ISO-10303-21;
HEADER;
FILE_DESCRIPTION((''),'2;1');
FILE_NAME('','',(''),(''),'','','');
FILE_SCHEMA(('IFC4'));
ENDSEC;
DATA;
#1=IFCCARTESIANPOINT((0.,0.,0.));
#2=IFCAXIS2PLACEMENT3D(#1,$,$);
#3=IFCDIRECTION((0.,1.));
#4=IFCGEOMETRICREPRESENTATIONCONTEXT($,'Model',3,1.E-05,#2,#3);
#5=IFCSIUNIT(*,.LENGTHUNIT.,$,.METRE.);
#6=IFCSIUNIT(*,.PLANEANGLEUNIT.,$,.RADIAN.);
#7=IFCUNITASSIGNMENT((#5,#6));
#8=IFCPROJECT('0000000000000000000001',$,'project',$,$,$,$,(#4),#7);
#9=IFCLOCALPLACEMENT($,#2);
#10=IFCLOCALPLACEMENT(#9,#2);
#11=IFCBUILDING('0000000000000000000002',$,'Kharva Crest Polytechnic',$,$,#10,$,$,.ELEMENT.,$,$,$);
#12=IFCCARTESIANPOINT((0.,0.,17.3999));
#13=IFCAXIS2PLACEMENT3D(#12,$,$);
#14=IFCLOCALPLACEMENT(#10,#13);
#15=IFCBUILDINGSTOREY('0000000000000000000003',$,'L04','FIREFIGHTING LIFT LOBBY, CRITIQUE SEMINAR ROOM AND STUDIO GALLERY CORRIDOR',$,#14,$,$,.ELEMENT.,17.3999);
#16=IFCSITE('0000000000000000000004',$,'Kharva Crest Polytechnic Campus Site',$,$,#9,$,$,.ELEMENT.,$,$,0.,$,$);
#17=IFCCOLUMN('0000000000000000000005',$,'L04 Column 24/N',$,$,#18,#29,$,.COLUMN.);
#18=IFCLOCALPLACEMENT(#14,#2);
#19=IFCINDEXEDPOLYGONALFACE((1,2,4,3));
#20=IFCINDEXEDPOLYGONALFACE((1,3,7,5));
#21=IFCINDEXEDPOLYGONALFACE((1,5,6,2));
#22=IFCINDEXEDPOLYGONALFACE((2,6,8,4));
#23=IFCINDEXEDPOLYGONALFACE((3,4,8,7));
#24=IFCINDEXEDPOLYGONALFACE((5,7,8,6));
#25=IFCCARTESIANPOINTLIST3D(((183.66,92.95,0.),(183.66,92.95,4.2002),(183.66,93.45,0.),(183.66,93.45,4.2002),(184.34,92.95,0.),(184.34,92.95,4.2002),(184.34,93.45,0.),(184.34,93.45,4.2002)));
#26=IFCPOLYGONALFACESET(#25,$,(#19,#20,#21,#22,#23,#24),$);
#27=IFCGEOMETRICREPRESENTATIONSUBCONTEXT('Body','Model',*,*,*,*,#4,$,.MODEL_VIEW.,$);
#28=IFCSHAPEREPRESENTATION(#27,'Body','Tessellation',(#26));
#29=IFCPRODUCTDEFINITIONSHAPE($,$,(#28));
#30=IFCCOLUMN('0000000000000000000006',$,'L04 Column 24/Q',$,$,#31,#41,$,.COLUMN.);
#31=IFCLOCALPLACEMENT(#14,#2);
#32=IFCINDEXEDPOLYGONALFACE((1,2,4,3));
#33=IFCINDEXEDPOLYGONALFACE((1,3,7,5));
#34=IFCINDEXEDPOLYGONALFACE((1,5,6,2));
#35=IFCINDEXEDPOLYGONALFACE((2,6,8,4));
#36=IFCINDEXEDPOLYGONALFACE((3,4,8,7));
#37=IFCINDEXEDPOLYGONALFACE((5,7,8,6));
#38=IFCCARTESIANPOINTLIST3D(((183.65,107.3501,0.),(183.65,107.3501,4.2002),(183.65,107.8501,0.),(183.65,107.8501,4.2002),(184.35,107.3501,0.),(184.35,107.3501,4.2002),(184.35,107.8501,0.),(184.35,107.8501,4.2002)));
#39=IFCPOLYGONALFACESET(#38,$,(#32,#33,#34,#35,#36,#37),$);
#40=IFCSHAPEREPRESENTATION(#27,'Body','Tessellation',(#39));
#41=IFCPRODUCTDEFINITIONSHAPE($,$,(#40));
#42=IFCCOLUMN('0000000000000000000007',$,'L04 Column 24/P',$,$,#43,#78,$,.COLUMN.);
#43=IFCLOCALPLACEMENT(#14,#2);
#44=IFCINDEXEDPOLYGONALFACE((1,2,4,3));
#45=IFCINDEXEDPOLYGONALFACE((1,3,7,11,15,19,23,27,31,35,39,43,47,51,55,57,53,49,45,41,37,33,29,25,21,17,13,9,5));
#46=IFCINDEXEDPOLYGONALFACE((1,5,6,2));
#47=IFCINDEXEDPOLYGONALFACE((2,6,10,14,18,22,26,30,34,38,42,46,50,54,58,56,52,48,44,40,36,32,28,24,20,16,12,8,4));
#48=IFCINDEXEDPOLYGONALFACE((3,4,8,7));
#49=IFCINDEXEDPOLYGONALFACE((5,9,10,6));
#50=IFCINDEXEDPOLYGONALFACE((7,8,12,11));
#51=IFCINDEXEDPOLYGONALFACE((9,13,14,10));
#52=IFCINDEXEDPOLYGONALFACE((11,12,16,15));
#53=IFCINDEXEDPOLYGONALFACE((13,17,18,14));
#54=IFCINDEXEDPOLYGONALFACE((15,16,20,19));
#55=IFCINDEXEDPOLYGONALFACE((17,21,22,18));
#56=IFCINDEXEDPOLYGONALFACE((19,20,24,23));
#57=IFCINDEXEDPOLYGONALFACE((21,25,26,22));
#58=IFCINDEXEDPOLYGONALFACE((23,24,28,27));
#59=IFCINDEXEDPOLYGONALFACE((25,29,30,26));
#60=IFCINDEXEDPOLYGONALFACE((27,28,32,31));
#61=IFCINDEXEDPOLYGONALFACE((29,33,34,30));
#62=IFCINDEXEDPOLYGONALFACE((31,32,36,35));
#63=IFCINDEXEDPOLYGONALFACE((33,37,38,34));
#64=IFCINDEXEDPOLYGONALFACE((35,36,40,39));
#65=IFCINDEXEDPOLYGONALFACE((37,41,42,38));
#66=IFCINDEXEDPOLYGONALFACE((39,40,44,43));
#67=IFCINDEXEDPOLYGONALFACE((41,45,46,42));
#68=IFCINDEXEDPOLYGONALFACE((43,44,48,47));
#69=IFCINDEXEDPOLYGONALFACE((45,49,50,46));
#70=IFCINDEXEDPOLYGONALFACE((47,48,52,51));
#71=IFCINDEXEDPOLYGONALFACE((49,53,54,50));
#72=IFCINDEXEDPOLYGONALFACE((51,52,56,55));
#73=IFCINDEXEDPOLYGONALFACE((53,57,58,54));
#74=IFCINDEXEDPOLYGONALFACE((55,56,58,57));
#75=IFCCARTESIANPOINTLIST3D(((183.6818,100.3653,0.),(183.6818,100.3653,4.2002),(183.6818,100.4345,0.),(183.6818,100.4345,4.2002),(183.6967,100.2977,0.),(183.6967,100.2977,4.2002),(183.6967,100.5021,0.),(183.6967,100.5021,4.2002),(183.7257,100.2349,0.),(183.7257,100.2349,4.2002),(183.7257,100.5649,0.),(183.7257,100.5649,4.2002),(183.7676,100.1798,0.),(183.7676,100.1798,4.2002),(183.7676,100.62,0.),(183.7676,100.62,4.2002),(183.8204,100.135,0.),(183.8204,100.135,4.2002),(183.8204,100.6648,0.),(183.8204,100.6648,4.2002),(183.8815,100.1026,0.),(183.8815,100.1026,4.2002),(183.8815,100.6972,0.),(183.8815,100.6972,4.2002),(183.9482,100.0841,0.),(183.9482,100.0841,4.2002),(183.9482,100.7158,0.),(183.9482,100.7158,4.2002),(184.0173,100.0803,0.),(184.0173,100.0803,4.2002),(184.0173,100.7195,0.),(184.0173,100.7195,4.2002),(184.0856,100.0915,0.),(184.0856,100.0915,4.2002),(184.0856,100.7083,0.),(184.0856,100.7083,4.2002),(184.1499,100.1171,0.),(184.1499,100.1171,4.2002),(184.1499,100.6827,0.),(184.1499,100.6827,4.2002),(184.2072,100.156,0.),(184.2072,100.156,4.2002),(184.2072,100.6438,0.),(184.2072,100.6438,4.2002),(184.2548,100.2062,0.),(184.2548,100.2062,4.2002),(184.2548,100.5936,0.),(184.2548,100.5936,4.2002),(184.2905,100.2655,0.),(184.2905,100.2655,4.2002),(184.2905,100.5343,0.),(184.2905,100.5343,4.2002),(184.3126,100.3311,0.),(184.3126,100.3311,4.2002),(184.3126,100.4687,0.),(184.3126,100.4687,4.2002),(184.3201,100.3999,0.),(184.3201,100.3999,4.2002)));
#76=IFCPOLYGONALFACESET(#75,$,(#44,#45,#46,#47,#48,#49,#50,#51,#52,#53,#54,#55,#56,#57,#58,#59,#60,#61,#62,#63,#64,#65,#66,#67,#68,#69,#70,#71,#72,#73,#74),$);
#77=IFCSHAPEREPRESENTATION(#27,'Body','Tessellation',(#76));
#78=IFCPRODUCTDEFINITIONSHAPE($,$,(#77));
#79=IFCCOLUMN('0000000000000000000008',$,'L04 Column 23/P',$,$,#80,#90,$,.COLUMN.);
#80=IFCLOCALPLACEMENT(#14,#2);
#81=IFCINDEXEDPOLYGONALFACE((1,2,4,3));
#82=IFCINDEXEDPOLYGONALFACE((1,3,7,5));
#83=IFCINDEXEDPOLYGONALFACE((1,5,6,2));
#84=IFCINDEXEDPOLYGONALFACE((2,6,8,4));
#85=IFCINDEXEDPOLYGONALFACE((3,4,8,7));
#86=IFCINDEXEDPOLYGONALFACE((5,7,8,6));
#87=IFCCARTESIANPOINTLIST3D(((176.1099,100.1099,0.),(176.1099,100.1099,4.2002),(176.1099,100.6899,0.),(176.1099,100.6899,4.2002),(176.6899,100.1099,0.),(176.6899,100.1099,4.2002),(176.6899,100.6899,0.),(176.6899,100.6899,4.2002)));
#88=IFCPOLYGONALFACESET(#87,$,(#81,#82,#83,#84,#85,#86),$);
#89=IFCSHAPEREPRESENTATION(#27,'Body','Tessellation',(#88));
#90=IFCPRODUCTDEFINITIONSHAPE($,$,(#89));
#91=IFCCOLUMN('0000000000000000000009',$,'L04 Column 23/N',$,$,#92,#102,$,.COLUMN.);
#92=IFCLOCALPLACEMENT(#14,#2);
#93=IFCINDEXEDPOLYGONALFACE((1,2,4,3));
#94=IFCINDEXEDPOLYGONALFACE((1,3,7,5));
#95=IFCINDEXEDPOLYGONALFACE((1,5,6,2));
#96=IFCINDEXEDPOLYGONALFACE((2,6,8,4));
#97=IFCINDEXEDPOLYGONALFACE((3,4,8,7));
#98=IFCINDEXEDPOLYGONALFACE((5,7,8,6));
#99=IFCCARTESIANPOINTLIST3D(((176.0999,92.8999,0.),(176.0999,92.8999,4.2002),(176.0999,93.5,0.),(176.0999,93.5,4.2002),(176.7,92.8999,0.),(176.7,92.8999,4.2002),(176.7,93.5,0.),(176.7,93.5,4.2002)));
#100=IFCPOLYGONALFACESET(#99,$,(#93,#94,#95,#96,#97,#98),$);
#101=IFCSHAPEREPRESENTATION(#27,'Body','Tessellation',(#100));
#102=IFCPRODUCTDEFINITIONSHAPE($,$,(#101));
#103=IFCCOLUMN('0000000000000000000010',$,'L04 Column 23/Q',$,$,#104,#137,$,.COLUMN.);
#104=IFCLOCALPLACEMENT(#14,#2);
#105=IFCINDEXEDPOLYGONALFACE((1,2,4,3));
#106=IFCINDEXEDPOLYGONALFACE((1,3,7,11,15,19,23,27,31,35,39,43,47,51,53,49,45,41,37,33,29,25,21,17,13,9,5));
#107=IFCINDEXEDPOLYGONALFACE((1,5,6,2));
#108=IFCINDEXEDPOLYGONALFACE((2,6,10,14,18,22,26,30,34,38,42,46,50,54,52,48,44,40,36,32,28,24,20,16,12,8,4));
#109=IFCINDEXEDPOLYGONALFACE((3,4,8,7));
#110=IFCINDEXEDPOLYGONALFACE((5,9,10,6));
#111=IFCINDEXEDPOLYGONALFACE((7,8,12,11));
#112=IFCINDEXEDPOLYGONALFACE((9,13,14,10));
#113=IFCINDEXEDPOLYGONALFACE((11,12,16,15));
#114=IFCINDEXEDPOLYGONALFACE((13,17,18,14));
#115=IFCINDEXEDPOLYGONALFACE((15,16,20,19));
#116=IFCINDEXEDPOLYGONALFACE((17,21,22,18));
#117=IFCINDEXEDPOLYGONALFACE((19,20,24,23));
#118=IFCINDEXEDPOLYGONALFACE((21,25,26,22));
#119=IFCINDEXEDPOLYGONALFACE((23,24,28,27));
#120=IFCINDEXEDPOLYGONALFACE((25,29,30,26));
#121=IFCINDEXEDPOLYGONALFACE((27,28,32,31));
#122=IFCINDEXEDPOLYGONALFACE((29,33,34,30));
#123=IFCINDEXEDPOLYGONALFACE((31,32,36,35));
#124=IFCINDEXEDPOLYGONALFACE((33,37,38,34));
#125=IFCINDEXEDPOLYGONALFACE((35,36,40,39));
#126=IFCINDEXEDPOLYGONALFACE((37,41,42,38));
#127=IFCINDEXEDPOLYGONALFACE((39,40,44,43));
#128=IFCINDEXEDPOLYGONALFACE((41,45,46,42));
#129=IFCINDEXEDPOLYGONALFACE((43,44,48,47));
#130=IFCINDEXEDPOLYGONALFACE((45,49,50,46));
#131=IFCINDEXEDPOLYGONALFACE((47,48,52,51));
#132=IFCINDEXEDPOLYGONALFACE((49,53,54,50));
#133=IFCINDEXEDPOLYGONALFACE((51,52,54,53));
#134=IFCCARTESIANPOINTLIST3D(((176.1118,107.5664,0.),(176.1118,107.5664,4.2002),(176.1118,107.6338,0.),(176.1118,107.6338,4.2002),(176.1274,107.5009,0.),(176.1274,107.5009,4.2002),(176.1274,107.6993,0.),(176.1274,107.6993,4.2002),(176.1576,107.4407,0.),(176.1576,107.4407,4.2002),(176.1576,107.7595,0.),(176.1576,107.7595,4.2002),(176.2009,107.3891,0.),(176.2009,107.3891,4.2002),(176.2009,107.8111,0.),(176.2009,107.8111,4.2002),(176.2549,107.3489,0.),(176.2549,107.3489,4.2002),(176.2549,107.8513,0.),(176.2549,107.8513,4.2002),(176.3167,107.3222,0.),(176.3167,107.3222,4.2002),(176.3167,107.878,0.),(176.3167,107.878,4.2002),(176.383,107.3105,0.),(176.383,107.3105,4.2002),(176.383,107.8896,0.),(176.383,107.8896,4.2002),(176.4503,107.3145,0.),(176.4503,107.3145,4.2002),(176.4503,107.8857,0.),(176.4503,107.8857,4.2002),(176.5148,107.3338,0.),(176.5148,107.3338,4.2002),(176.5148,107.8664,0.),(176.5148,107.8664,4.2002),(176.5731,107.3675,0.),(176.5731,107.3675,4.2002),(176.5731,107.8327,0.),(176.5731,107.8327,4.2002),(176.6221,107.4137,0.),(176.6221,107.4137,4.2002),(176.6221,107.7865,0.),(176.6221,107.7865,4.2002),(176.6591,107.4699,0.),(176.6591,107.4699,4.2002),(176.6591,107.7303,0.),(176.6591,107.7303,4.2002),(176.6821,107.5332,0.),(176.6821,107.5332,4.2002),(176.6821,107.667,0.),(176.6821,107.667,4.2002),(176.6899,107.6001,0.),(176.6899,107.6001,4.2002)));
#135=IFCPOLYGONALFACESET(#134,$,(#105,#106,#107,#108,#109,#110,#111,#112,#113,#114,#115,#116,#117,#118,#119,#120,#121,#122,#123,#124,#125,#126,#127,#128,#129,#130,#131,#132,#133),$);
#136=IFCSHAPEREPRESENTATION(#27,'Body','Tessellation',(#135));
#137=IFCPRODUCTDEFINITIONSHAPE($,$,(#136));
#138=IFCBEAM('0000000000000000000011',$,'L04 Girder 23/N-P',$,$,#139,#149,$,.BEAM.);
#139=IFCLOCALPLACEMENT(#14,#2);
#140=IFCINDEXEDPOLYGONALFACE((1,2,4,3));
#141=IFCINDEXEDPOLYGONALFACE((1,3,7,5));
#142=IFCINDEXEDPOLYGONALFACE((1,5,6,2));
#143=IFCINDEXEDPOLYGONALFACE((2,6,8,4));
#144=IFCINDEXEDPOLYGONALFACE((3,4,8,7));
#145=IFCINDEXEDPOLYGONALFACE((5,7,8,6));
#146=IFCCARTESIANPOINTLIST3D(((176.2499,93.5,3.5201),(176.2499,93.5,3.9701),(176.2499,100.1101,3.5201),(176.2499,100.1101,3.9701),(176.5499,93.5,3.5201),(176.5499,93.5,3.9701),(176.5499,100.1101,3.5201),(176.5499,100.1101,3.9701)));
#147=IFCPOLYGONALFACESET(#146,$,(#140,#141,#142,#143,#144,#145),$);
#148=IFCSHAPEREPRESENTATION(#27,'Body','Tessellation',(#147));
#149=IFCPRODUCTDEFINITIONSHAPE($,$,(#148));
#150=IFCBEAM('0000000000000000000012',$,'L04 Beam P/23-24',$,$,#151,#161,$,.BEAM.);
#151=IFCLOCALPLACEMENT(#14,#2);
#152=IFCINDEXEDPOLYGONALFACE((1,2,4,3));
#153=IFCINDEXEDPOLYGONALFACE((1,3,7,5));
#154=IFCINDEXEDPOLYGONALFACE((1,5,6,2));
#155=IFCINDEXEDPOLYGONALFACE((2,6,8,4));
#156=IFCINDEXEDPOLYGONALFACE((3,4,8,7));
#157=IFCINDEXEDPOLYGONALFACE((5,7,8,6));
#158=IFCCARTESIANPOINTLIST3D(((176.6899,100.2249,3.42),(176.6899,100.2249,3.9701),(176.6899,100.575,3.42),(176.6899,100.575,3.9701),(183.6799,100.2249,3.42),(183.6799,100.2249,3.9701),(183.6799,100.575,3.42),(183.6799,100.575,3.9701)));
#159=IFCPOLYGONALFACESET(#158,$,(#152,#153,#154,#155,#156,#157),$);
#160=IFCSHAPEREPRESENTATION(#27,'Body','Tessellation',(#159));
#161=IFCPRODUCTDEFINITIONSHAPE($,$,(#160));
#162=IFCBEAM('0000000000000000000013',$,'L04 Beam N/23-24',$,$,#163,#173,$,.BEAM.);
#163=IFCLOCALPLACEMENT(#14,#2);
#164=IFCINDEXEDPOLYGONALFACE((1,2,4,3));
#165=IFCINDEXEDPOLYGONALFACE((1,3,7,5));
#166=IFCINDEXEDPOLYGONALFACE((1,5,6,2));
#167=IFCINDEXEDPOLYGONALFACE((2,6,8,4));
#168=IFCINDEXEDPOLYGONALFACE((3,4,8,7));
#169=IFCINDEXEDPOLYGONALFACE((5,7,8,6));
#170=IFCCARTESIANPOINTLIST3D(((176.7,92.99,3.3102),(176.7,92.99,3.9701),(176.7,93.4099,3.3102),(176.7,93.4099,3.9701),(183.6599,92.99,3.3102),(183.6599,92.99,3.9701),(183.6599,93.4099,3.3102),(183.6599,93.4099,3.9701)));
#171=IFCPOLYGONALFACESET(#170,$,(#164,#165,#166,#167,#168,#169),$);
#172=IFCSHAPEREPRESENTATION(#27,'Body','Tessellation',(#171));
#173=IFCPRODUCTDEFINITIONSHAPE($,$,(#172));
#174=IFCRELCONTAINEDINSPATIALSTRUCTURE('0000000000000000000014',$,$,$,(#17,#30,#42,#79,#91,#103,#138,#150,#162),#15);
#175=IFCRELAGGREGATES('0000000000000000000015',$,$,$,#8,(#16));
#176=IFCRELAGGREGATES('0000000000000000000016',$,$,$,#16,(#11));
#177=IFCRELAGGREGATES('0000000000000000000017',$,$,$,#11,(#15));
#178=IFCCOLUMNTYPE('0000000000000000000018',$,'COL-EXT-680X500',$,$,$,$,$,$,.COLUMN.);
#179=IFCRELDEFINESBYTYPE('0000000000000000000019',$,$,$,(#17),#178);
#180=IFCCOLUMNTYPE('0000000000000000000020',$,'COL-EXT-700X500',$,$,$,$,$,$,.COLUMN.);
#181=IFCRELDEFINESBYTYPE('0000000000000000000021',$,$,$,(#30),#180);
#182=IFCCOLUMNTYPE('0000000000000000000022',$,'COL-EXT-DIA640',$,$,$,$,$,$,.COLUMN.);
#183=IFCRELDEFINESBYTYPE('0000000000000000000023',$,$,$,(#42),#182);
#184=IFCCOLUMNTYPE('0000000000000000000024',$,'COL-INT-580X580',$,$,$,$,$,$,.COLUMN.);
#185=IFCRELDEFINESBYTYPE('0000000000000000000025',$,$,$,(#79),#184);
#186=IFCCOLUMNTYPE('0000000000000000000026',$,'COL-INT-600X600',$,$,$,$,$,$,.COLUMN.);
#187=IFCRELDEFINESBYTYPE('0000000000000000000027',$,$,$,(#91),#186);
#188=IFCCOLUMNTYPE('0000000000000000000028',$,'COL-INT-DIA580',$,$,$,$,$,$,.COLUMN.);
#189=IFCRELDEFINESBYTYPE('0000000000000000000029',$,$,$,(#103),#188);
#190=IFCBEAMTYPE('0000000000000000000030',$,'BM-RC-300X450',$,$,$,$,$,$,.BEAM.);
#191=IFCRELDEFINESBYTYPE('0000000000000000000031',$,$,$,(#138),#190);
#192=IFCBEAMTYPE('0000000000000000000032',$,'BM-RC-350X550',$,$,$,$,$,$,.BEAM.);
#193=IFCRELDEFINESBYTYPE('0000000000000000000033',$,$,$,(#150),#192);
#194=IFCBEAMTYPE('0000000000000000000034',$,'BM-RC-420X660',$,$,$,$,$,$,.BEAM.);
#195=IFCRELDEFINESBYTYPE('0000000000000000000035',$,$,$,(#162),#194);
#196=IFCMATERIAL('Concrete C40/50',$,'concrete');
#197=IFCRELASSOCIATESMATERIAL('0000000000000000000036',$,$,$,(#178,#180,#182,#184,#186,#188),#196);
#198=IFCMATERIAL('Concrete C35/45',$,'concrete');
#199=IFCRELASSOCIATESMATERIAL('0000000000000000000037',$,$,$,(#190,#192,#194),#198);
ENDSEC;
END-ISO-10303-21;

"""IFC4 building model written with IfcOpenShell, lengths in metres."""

from ifc_helpers import new_model, si_unit, direction, frame, origin, origin_2d, place, context, subcontext, project, spatial, rectangle, circle, extrude, material, material_profile, profile_set, type_object, element, save


model = new_model("IFC4")

# Units and contexts
model_context = context("Model", 3, precision=1e-05, world=origin(), true_north=direction((0.0, 1.0)))
body_context = subcontext(model_context, "Body", "Model", "MODEL_VIEW")
ifc_project = project(units=[si_unit("LENGTHUNIT", "METRE"), si_unit("PLANEANGLEUNIT", "RADIAN")], contexts=[model_context])

# Site, building, storey
site_placement = place(None, origin())
site = spatial("IfcSite", under=ifc_project, at=site_placement, Name="Kharva Crest Polytechnic Campus Site", CompositionType="ELEMENT", RefElevation=0.0)
building_placement = place(site_placement, origin())
building = spatial("IfcBuilding", under=site, at=building_placement, Name="Kharva Crest Polytechnic", CompositionType="ELEMENT")
storey_placement = place(building_placement, frame((0.0, 0.0, 17.3999)))
storey = spatial("IfcBuildingStorey", under=building, at=storey_placement, Name="L04", Description="FIREFIGHTING LIFT LOBBY, CRITIQUE SEMINAR ROOM AND STUDIO GALLERY CORRIDOR", CompositionType="ELEMENT", Elevation=17.3999)

# Columns
ifc_material_1 = material(Name="Concrete C40/50", Category="concrete")
ifc_material_profile_1 = material_profile(ifc_material_1, rectangle(XDim=0.6799, YDim=0.5, at=origin_2d()), Name="RECT 680 X 500")
ifc_profile_set_1 = profile_set([ifc_material_profile_1], Name="Concrete C40/50")
column_type_1 = type_object("IfcColumnType", Name="COL-EXT-680X500", PredefinedType="COLUMN", material=ifc_profile_set_1)
column_1_placement = place(storey_placement, frame((184.0, 93.2, 0.0), z_axis=(0.0, 0.0, 1.0), x_axis=(1.0, 0.0, 0.0)))
element("IfcColumn", 1, at=column_1_placement, inside=storey, type_object=column_type_1, Name="L04 Column 24/N", PredefinedType="COLUMN", context=body_context, shape_type="SweptSolid", body=[
    extrude(rectangle(XDim=0.6799, YDim=0.5, at=origin_2d()), origin(), (0.0, 0.0, 1.0), 4.2002),
])
ifc_material_profile_2 = material_profile(ifc_material_1, rectangle(XDim=0.7, YDim=0.5, at=origin_2d()), Name="RECT 700 X 500")
ifc_profile_set_2 = profile_set([ifc_material_profile_2], Name="Concrete C40/50")
column_type_2 = type_object("IfcColumnType", Name="COL-EXT-700X500", PredefinedType="COLUMN", material=ifc_profile_set_2)
column_2_placement = place(storey_placement, frame((184.0, 107.6001, 0.0), z_axis=(0.0, 0.0, 1.0), x_axis=(1.0, 0.0, 0.0)))
element("IfcColumn", 2, at=column_2_placement, inside=storey, type_object=column_type_2, Name="L04 Column 24/Q", PredefinedType="COLUMN", context=body_context, shape_type="SweptSolid", body=[
    extrude(rectangle(XDim=0.7, YDim=0.5, at=origin_2d()), origin(), (0.0, 0.0, 1.0), 4.2002),
])
ifc_material_profile_3 = material_profile(ifc_material_1, circle(Radius=0.3201, at=origin_2d()), Name="DIA 640")
ifc_profile_set_3 = profile_set([ifc_material_profile_3], Name="Concrete C40/50")
column_type_3 = type_object("IfcColumnType", Name="COL-EXT-DIA640", PredefinedType="COLUMN", material=ifc_profile_set_3)
column_3_placement = place(storey_placement, frame((184.0, 100.3999, 0.0), z_axis=(0.0, 0.0, 1.0), x_axis=(1.0, 0.0, 0.0)))
element("IfcColumn", 3, at=column_3_placement, inside=storey, type_object=column_type_3, Name="L04 Column 24/P", PredefinedType="COLUMN", context=body_context, shape_type="SweptSolid", body=[
    extrude(circle(Radius=0.3201, at=origin_2d()), origin(), (0.0, 0.0, 1.0), 4.2002),
])
ifc_material_profile_4 = material_profile(ifc_material_1, rectangle(XDim=0.5801, YDim=0.5801, at=origin_2d()), Name="RECT 580 X 580")
ifc_profile_set_4 = profile_set([ifc_material_profile_4], Name="Concrete C40/50")
column_type_4 = type_object("IfcColumnType", Name="COL-INT-580X580", PredefinedType="COLUMN", material=ifc_profile_set_4)
column_4_placement = place(storey_placement, frame((176.3999, 100.3999, 0.0), z_axis=(0.0, 0.0, 1.0), x_axis=(1.0, 0.0, 0.0)))
element("IfcColumn", 4, at=column_4_placement, inside=storey, type_object=column_type_4, Name="L04 Column 23/P", PredefinedType="COLUMN", context=body_context, shape_type="SweptSolid", body=[
    extrude(rectangle(XDim=0.5801, YDim=0.5801, at=origin_2d()), origin(), (0.0, 0.0, 1.0), 4.2002),
])
ifc_material_profile_5 = material_profile(ifc_material_1, rectangle(XDim=0.6001, YDim=0.6001, at=origin_2d()), Name="RECT 600 X 600")
ifc_profile_set_5 = profile_set([ifc_material_profile_5], Name="Concrete C40/50")
column_type_5 = type_object("IfcColumnType", Name="COL-INT-600X600", PredefinedType="COLUMN", material=ifc_profile_set_5)
column_5_placement = place(storey_placement, frame((176.3999, 93.2, 0.0), z_axis=(0.0, 0.0, 1.0), x_axis=(1.0, 0.0, 0.0)))
element("IfcColumn", 5, at=column_5_placement, inside=storey, type_object=column_type_5, Name="L04 Column 23/N", PredefinedType="COLUMN", context=body_context, shape_type="SweptSolid", body=[
    extrude(rectangle(XDim=0.6001, YDim=0.6001, at=origin_2d()), origin(), (0.0, 0.0, 1.0), 4.2002),
])
ifc_material_profile_6 = material_profile(ifc_material_1, circle(Radius=0.29, at=origin_2d()), Name="DIA 580")
ifc_profile_set_6 = profile_set([ifc_material_profile_6], Name="Concrete C40/50")
column_type_6 = type_object("IfcColumnType", Name="COL-INT-DIA580", PredefinedType="COLUMN", material=ifc_profile_set_6)
column_6_placement = place(storey_placement, frame((176.3999, 107.6001, 0.0), z_axis=(0.0, 0.0, 1.0), x_axis=(1.0, 0.0, 0.0)))
element("IfcColumn", 6, at=column_6_placement, inside=storey, type_object=column_type_6, Name="L04 Column 23/Q", PredefinedType="COLUMN", context=body_context, shape_type="SweptSolid", body=[
    extrude(circle(Radius=0.29, at=origin_2d()), origin(), (0.0, 0.0, 1.0), 4.2002),
])

# Beams
ifc_material_2 = material(Name="Concrete C35/45", Category="concrete")
ifc_material_profile_7 = material_profile(ifc_material_2, rectangle(XDim=0.3, YDim=0.45, at=origin_2d()), Name="RECT 300 X 450")
ifc_profile_set_7 = profile_set([ifc_material_profile_7], Name="Concrete C35/45")
beam_type_1 = type_object("IfcBeamType", Name="BM-RC-300X450", PredefinedType="BEAM", material=ifc_profile_set_7)
beam_1_placement = place(storey_placement, frame((176.3999, 93.5, 3.7451), z_axis=(0.0, 1.0, 0.0), x_axis=(-1.0, 0.0, 0.0)))
element("IfcBeam", 7, at=beam_1_placement, inside=storey, type_object=beam_type_1, Name="L04 Girder 23/N-P", PredefinedType="BEAM", context=body_context, shape_type="SweptSolid", body=[
    extrude(rectangle(XDim=0.3, YDim=0.45, at=origin_2d()), origin(), (0.0, 0.0, 1.0), 6.6101),
])
ifc_material_profile_8 = material_profile(ifc_material_2, rectangle(XDim=0.3501, YDim=0.55, at=origin_2d()), Name="RECT 350 X 550")
ifc_profile_set_8 = profile_set([ifc_material_profile_8], Name="Concrete C35/45")
beam_type_2 = type_object("IfcBeamType", Name="BM-RC-350X550", PredefinedType="BEAM", material=ifc_profile_set_8)
beam_2_placement = place(storey_placement, frame((176.6899, 100.3999, 3.6951), z_axis=(1.0, 0.0, 0.0), x_axis=(0.0, 1.0, 0.0)))
element("IfcBeam", 8, at=beam_2_placement, inside=storey, type_object=beam_type_2, Name="L04 Beam P/23-24", PredefinedType="BEAM", context=body_context, shape_type="SweptSolid", body=[
    extrude(rectangle(XDim=0.3501, YDim=0.55, at=origin_2d()), origin(), (0.0, 0.0, 1.0), 6.99),
])
ifc_material_profile_9 = material_profile(ifc_material_2, rectangle(XDim=0.4199, YDim=0.6599, at=origin_2d()), Name="RECT 420 X 660")
ifc_profile_set_9 = profile_set([ifc_material_profile_9], Name="Concrete C35/45")
beam_type_3 = type_object("IfcBeamType", Name="BM-RC-420X660", PredefinedType="BEAM", material=ifc_profile_set_9)
beam_3_placement = place(storey_placement, frame((176.7, 93.2, 3.6401), z_axis=(1.0, 0.0, 0.0), x_axis=(0.0, 1.0, 0.0)))
element("IfcBeam", 9, at=beam_3_placement, inside=storey, type_object=beam_type_3, Name="L04 Beam N/23-24", PredefinedType="BEAM", context=body_context, shape_type="SweptSolid", body=[
    extrude(rectangle(XDim=0.4199, YDim=0.6599, at=origin_2d()), origin(), (0.0, 0.0, 1.0), 6.96),
])

save(model, "model.ifc")
